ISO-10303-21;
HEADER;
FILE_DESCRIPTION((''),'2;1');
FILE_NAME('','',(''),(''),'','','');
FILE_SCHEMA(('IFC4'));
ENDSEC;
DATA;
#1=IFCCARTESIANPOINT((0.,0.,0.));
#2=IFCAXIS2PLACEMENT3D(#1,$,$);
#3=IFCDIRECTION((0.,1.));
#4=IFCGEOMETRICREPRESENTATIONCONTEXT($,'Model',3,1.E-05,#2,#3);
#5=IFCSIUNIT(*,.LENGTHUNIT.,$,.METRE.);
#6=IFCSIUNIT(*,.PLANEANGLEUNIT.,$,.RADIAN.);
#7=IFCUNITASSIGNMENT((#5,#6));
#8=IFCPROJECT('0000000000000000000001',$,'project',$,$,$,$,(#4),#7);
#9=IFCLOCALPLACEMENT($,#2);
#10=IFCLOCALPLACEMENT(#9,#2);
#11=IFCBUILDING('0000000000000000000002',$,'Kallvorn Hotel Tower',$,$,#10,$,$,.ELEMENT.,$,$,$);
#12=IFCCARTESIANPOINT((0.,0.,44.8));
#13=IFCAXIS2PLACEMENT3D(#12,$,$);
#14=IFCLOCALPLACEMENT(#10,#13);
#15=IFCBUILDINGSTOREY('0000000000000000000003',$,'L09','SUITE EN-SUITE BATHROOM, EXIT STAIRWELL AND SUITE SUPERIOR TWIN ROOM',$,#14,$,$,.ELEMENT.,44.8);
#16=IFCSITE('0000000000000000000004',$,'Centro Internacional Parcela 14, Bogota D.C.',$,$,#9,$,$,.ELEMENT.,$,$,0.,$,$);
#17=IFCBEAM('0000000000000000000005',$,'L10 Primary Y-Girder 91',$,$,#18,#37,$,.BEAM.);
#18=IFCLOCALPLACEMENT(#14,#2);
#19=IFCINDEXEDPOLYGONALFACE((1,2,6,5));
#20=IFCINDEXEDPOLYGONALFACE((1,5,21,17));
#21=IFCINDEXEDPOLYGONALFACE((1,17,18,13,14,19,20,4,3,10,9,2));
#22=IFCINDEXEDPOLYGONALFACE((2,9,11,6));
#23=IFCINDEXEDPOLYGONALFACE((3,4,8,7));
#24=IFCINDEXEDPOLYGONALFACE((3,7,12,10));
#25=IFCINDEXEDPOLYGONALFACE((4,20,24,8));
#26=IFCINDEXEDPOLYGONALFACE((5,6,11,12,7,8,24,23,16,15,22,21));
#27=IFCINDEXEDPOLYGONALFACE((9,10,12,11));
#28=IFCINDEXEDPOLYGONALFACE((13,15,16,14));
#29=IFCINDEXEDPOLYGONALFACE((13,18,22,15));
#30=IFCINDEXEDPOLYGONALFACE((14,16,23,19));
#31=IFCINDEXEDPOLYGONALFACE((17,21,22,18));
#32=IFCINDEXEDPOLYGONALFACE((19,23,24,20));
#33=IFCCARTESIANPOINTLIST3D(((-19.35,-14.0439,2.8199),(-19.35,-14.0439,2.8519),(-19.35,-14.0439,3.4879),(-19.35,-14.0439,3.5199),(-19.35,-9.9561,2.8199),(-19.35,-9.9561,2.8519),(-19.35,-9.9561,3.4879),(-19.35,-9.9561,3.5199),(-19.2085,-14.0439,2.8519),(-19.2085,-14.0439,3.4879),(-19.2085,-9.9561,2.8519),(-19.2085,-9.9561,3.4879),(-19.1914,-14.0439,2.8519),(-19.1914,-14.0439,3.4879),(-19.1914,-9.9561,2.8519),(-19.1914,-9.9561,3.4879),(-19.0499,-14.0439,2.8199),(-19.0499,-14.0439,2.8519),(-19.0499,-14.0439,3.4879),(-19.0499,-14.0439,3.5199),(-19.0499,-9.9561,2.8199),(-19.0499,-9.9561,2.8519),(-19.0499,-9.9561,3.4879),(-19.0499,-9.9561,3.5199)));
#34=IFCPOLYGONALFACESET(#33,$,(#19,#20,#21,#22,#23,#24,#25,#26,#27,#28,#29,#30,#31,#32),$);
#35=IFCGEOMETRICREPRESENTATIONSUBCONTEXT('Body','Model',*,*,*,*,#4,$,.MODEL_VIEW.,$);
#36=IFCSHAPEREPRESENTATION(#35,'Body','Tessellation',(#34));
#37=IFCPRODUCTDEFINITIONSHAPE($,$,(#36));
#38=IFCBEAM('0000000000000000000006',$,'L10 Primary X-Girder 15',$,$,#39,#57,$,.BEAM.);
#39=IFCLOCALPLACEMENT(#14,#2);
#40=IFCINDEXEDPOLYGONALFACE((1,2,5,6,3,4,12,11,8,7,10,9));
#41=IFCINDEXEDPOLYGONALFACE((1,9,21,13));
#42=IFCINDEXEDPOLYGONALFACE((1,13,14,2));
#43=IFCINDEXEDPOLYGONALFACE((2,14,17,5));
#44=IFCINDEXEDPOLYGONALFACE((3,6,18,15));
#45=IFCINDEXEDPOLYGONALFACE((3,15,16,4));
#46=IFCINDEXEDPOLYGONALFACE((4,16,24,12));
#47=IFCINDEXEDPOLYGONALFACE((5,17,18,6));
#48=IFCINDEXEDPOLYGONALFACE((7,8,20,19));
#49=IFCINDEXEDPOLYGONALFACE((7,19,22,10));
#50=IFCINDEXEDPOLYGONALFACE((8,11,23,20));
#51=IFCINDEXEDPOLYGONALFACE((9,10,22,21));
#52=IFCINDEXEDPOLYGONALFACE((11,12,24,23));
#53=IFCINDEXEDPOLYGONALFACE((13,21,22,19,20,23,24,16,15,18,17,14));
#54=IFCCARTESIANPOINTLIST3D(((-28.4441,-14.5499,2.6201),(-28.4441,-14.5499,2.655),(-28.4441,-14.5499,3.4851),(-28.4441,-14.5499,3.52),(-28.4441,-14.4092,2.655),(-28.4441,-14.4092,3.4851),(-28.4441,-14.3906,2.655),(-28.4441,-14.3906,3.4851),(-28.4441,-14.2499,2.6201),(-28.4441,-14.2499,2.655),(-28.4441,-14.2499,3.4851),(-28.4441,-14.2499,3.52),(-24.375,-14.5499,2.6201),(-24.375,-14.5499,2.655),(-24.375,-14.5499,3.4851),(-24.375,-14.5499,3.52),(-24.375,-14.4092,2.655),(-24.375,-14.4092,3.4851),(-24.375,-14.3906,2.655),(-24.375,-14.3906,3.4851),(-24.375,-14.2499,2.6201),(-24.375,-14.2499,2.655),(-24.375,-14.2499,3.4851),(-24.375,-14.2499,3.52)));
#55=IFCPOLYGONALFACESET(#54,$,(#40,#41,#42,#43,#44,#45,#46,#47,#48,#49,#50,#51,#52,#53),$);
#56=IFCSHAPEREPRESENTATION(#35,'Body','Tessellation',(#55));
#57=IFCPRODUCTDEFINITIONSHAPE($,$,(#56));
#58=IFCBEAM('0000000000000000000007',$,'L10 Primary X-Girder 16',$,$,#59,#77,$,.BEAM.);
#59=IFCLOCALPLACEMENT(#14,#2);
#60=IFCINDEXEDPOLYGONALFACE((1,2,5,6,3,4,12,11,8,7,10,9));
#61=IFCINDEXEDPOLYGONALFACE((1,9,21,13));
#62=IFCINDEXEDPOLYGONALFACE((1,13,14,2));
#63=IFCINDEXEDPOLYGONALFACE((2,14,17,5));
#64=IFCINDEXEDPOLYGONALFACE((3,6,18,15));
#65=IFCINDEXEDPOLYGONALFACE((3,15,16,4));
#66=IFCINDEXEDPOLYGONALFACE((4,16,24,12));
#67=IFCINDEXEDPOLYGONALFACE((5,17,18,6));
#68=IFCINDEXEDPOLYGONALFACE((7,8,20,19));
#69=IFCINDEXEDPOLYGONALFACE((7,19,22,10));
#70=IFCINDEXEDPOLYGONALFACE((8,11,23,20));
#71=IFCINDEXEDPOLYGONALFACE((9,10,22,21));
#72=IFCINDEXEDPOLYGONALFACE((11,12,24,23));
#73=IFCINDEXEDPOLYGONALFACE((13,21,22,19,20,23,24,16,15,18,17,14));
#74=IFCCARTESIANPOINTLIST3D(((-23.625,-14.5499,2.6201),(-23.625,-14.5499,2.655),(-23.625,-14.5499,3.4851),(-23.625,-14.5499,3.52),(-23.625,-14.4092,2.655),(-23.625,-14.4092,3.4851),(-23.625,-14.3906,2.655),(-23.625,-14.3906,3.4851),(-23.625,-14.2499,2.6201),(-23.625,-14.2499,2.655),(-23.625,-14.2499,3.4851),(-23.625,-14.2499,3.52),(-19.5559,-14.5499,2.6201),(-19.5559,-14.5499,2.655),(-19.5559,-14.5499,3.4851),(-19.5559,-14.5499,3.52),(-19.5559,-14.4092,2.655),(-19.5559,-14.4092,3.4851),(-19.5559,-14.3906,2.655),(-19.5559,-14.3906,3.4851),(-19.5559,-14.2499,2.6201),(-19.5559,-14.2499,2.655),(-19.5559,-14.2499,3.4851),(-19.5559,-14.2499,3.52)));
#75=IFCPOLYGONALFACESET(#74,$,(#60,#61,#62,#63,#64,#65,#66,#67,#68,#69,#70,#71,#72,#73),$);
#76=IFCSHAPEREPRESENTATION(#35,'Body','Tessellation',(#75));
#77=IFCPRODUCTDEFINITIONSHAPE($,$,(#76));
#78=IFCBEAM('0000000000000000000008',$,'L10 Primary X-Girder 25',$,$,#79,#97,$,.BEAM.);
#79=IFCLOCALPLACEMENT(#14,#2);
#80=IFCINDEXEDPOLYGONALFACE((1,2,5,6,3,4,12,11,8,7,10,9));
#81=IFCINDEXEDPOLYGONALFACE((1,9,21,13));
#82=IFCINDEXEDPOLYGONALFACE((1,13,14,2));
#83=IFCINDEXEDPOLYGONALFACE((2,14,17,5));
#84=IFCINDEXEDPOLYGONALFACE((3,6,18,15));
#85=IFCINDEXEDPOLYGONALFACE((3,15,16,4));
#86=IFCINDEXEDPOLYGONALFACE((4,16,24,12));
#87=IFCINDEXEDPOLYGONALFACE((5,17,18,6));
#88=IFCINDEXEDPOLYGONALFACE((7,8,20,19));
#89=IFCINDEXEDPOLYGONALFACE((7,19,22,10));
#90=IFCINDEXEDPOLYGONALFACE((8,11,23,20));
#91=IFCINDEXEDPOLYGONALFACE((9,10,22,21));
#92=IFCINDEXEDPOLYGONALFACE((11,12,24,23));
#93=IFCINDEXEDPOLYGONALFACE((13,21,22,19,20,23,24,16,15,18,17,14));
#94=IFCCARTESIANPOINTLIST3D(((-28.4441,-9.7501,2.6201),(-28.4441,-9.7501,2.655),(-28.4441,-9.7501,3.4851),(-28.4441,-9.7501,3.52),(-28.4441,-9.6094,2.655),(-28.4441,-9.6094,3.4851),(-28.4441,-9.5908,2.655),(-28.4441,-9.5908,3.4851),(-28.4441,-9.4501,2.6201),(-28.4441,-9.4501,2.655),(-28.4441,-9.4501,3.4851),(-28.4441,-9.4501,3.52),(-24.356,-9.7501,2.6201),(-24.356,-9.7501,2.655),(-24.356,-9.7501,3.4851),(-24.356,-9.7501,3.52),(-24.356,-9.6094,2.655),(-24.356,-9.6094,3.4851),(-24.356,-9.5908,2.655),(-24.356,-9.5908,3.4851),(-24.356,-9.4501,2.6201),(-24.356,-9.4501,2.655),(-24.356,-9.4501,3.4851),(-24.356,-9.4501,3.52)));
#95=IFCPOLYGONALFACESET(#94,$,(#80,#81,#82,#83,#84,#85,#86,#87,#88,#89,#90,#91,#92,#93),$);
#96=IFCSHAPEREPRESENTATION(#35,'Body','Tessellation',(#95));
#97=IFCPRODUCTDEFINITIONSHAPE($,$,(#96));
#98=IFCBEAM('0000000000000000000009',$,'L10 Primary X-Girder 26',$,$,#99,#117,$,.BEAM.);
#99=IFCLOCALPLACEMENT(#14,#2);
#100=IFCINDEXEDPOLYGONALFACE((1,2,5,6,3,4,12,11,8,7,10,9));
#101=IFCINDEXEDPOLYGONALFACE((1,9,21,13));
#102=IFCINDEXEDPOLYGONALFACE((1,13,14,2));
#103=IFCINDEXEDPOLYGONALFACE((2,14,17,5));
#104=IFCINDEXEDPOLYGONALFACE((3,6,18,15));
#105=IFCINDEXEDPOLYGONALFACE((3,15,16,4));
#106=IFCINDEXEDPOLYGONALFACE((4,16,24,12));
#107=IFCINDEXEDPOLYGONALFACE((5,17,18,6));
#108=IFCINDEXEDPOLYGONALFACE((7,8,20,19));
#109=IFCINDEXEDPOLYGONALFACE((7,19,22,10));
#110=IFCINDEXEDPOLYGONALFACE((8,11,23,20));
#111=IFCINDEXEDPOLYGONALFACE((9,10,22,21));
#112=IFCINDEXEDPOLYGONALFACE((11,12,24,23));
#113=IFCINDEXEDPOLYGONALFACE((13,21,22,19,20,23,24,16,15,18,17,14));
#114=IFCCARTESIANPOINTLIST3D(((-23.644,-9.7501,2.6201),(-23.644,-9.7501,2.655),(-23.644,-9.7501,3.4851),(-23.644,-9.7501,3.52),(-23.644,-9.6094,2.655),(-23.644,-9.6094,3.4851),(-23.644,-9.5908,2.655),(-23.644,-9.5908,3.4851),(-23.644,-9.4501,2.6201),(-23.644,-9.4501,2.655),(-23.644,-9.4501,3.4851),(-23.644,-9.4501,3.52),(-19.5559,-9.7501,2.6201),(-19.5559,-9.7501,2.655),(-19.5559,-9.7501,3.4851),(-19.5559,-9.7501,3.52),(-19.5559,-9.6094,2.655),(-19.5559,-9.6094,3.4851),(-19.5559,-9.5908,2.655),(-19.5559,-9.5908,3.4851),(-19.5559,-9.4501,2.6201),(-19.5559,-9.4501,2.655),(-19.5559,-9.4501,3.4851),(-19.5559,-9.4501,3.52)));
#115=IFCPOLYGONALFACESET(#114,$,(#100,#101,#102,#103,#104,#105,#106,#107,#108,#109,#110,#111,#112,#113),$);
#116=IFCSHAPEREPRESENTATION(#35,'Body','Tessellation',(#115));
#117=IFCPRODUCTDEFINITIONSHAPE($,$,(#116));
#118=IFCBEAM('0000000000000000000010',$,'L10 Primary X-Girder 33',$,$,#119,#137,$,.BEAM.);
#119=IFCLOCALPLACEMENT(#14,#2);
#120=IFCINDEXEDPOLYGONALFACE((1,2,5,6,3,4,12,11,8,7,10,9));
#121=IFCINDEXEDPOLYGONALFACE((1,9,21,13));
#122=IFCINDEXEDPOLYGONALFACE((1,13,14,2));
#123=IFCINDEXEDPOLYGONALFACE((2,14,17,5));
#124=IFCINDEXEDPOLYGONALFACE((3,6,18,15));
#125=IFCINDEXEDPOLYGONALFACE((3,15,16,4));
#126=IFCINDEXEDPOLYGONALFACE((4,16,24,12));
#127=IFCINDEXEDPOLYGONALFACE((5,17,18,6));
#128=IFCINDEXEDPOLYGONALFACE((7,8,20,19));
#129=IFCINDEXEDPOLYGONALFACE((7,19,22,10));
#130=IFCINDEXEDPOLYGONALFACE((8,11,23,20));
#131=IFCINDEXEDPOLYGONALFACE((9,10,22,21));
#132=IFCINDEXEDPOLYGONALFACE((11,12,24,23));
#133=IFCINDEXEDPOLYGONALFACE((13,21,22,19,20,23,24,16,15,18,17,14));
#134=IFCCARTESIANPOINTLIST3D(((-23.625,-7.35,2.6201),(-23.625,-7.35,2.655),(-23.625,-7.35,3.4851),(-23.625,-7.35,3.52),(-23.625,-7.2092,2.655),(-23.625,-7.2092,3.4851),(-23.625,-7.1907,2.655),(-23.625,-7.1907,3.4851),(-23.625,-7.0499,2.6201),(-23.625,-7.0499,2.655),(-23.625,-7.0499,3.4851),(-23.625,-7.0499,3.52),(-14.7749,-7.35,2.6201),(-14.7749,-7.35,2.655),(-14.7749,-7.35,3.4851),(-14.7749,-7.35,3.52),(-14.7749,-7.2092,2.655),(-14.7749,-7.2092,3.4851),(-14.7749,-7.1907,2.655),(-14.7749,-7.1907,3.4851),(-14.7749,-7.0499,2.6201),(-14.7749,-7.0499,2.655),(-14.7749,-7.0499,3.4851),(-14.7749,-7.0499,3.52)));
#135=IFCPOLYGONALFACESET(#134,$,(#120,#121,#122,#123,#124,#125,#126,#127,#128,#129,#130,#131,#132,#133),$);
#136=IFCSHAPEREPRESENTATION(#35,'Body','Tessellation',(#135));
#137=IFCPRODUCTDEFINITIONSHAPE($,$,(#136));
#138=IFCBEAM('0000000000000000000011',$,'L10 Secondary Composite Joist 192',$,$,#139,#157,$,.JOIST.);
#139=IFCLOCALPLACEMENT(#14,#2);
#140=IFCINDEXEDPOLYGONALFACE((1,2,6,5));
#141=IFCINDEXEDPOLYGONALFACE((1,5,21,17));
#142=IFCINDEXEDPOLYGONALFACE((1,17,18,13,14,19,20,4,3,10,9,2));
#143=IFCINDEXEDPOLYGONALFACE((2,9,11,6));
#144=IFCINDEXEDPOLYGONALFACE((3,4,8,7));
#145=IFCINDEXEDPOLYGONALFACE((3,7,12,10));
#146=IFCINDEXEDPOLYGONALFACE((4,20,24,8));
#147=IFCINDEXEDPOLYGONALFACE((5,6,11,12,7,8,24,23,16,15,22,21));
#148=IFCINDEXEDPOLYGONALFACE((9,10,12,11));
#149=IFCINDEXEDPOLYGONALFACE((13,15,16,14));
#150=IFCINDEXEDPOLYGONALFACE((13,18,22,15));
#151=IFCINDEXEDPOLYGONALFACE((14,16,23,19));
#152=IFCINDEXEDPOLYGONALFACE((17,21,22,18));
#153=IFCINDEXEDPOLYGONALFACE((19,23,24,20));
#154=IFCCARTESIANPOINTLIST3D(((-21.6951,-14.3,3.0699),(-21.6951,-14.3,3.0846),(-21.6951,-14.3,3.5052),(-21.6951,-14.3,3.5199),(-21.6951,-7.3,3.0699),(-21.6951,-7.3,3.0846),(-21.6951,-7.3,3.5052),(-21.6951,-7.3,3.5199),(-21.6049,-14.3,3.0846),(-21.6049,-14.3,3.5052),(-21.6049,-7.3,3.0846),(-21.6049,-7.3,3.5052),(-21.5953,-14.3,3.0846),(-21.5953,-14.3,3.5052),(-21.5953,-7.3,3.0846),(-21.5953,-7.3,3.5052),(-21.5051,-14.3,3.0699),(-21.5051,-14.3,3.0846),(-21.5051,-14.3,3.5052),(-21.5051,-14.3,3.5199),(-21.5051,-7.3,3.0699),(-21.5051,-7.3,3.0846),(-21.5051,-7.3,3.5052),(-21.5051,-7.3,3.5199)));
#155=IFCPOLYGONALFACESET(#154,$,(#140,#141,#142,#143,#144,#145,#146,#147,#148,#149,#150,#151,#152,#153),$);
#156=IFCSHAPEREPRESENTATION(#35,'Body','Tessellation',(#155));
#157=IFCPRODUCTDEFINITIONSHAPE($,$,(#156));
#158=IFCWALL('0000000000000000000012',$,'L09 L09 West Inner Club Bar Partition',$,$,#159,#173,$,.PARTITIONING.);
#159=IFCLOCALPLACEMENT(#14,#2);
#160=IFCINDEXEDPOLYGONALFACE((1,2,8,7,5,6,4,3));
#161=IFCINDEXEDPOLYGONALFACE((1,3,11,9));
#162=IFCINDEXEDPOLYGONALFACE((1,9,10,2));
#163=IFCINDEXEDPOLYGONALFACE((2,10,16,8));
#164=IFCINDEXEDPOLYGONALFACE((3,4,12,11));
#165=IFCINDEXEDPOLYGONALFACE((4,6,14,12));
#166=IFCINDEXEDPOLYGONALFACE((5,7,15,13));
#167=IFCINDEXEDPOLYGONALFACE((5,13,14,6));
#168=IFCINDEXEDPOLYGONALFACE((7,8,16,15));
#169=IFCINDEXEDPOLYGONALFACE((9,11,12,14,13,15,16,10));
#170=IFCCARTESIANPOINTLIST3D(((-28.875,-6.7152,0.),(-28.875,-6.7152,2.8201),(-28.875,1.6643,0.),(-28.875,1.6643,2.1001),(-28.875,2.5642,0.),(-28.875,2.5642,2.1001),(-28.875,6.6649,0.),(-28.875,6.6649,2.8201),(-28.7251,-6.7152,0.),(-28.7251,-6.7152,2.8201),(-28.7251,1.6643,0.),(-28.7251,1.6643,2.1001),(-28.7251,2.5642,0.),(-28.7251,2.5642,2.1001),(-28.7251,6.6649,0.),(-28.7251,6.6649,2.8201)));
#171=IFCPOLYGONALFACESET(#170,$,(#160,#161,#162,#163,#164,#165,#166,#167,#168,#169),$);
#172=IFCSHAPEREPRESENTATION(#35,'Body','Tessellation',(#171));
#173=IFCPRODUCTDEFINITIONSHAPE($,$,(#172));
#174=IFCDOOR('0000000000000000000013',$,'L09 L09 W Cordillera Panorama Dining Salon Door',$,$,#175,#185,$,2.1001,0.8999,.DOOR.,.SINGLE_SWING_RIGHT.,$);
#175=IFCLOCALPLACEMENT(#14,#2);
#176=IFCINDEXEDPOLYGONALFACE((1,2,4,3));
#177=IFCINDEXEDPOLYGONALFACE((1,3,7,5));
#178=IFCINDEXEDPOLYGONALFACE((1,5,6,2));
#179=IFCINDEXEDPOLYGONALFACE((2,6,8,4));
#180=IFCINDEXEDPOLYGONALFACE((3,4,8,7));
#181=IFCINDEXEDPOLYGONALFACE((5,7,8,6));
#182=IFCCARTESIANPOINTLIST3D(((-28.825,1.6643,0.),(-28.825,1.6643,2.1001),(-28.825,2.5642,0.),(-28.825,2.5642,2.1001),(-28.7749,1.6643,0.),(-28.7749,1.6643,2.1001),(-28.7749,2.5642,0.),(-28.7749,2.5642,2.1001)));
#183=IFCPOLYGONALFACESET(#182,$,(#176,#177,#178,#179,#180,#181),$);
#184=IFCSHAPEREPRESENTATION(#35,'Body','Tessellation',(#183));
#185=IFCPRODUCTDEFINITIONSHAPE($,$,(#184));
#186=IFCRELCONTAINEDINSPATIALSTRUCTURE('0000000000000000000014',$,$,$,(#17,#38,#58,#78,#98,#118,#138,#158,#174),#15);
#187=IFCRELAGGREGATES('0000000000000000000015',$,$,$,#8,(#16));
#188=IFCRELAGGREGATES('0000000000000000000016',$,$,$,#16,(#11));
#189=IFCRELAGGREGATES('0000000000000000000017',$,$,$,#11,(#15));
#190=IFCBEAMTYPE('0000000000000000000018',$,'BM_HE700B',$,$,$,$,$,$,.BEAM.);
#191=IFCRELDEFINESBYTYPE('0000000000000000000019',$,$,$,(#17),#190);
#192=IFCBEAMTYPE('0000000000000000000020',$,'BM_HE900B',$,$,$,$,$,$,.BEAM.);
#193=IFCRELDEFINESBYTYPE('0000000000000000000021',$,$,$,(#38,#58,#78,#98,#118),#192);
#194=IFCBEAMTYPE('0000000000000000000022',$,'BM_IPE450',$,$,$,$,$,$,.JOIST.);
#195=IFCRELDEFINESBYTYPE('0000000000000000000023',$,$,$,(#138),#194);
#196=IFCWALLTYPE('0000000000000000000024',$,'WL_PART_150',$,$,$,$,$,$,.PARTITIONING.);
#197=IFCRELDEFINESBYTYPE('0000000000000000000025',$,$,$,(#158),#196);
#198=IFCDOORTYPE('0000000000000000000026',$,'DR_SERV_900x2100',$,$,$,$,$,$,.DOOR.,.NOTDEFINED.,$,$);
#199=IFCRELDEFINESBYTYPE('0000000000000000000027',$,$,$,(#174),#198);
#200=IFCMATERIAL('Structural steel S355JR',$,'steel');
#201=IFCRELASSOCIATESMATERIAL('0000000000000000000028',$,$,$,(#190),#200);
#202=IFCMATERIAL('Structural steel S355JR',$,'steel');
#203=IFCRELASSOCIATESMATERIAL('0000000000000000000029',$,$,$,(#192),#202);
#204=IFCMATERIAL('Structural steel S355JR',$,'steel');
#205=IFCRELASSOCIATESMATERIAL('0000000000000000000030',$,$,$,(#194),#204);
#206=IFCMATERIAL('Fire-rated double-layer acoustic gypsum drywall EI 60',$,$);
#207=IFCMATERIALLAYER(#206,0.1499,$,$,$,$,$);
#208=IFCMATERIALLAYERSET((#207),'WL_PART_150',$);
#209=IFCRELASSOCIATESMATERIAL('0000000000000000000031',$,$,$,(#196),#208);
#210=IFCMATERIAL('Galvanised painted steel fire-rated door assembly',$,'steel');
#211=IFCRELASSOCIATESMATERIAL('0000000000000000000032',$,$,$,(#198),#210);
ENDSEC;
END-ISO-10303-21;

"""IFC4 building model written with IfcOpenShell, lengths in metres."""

from ifc_helpers import new_model, si_unit, direction, frame, frame_2d, origin, origin_2d, place, context, subcontext, project, spatial, rectangle, i_section, extrude, material, layer, layer_set, material_profile, profile_set, type_object, element, fill, save


model = new_model("IFC4")

# Units and contexts
model_context = context("Model", 3, precision=1e-05, world=origin(), true_north=direction((0.0, 1.0)))
body_context = subcontext(model_context, "Body", "Model", "MODEL_VIEW")
ifc_project = project(units=[si_unit("LENGTHUNIT", "METRE"), si_unit("PLANEANGLEUNIT", "RADIAN")], contexts=[model_context])

# Site, building, storey
site_placement = place(None, origin())
site = spatial("IfcSite", under=ifc_project, at=site_placement, Name="Centro Internacional Parcela 14, Bogota D.C.", CompositionType="ELEMENT", RefElevation=0.0)
building_placement = place(site_placement, origin())
building = spatial("IfcBuilding", under=site, at=building_placement, Name="Kallvorn Hotel Tower", CompositionType="ELEMENT")
storey_placement = place(building_placement, frame((0.0, 0.0, 44.8)))
storey = spatial("IfcBuildingStorey", under=building, at=storey_placement, Name="L09", Description="SUITE EN-SUITE BATHROOM, EXIT STAIRWELL AND SUITE SUPERIOR TWIN ROOM", CompositionType="ELEMENT", Elevation=44.8)

# Beams
ifc_material_1 = material(Name="Structural steel S355JR", Category="steel")
ifc_material_profile_1 = material_profile(ifc_material_1, i_section(OverallWidth=0.3, OverallDepth=0.7, WebThickness=0.0171, FlangeThickness=0.032, at=origin_2d()), Name="HE 700 B")
ifc_profile_set_1 = profile_set([ifc_material_profile_1], Name="Structural steel S355JR")
beam_type_1 = type_object("IfcBeamType", Name="BM_HE700B", PredefinedType="BEAM", material=ifc_profile_set_1)
beam_1_placement = place(storey_placement, frame((-19.2, -14.0439, 3.1699), z_axis=(0.0, 1.0, 0.0), x_axis=(-1.0, 0.0, 0.0)))
element("IfcBeam", 1, at=beam_1_placement, inside=storey, type_object=beam_type_1, Name="L10 Primary Y-Girder 91", PredefinedType="BEAM", context=body_context, shape_type="SweptSolid", body=[
    extrude(i_section(OverallWidth=0.3, OverallDepth=0.7, WebThickness=0.0171, FlangeThickness=0.032, at=origin_2d()), origin(), (0.0, 0.0, 1.0), 4.0879),
])
ifc_material_2 = material(Name="Structural steel S355JR", Category="steel")
ifc_material_profile_2 = material_profile(ifc_material_2, i_section(OverallWidth=0.3, OverallDepth=0.8999, WebThickness=0.0186, FlangeThickness=0.0349, at=origin_2d()), Name="HE 900 B")
ifc_profile_set_2 = profile_set([ifc_material_profile_2], Name="Structural steel S355JR")
beam_type_2 = type_object("IfcBeamType", Name="BM_HE900B", PredefinedType="BEAM", material=ifc_profile_set_2)
for number, where, z_axis, x_axis, name in (
    (2, (-28.4441, -14.3999, 3.0701), (1.0, 0.0, 0.0), (0.0, 1.0, 0.0), "L10 Primary X-Girder 15"),
    (3, (-23.625, -14.3999, 3.0701), (1.0, 0.0, 0.0), (0.0, 1.0, 0.0), "L10 Primary X-Girder 16"),
):
    element("IfcBeam", number, at=place(storey_placement, frame(where, z_axis=z_axis, x_axis=x_axis)), inside=storey, type_object=beam_type_2, Name=name, PredefinedType="BEAM", context=body_context, shape_type="SweptSolid", body=[
        extrude(i_section(OverallWidth=0.3, OverallDepth=0.8999, WebThickness=0.0186, FlangeThickness=0.0349, at=origin_2d()), origin(), (0.0, 0.0, 1.0), 4.0691),
    ])
for number, where, z_axis, x_axis, name in (
    (4, (-28.4441, -9.6001, 3.0701), (1.0, 0.0, 0.0), (0.0, 1.0, 0.0), "L10 Primary X-Girder 25"),
    (5, (-23.644, -9.6001, 3.0701), (1.0, 0.0, 0.0), (0.0, 1.0, 0.0), "L10 Primary X-Girder 26"),
):
    element("IfcBeam", number, at=place(storey_placement, frame(where, z_axis=z_axis, x_axis=x_axis)), inside=storey, type_object=beam_type_2, Name=name, PredefinedType="BEAM", context=body_context, shape_type="SweptSolid", body=[
        extrude(i_section(OverallWidth=0.3, OverallDepth=0.8999, WebThickness=0.0186, FlangeThickness=0.0349, at=origin_2d()), origin(), (0.0, 0.0, 1.0), 4.0881),
    ])
beam_2_placement = place(storey_placement, frame((-23.625, -7.2, 3.0701), z_axis=(1.0, 0.0, 0.0), x_axis=(0.0, 1.0, 0.0)))
element("IfcBeam", 6, at=beam_2_placement, inside=storey, type_object=beam_type_2, Name="L10 Primary X-Girder 33", PredefinedType="BEAM", context=body_context, shape_type="SweptSolid", body=[
    extrude(i_section(OverallWidth=0.3, OverallDepth=0.8999, WebThickness=0.0186, FlangeThickness=0.0349, at=origin_2d()), origin(), (0.0, 0.0, 1.0), 8.8501),
])
ifc_material_3 = material(Name="Structural steel S355JR", Category="steel")
ifc_material_profile_3 = material_profile(ifc_material_3, i_section(OverallWidth=0.1899, OverallDepth=0.45, WebThickness=0.0095, FlangeThickness=0.0146, at=origin_2d()), Name="IPE 450")
ifc_profile_set_3 = profile_set([ifc_material_profile_3], Name="Structural steel S355JR")
beam_type_3 = type_object("IfcBeamType", Name="BM_IPE450", PredefinedType="JOIST", material=ifc_profile_set_3)
beam_3_placement = place(storey_placement, frame((-21.6001, -14.3, 3.2949), z_axis=(0.0, 1.0, 0.0), x_axis=(-1.0, 0.0, 0.0)))
element("IfcBeam", 7, at=beam_3_placement, inside=storey, type_object=beam_type_3, Name="L10 Secondary Composite Joist 192", PredefinedType="JOIST", context=body_context, shape_type="SweptSolid", body=[
    extrude(i_section(OverallWidth=0.1899, OverallDepth=0.45, WebThickness=0.0095, FlangeThickness=0.0146, at=origin_2d()), origin(), (0.0, 0.0, 1.0), 7.0),
])

# Wall, opening, door
ifc_material_4 = material(Name="Fire-rated double-layer acoustic gypsum drywall EI 60")
ifc_layer = layer(ifc_material_4, 0.1499)
ifc_layer_set = layer_set([ifc_layer], Name="WL_PART_150")
wall_type = type_object("IfcWallType", Name="WL_PART_150", PredefinedType="PARTITIONING", material=ifc_layer_set)
wall_placement = place(storey_placement, frame((-28.8, -6.7151, 0.0), z_axis=(0.0, 0.0, 1.0), x_axis=(0.0, 1.0, 0.0)))
wall = element("IfcWall", 8, at=wall_placement, inside=storey, type_object=wall_type, Name="L09 L09 West Inner Club Bar Partition", PredefinedType="PARTITIONING", context=body_context, shape_type="SweptSolid", body=[
    extrude(rectangle(XDim=13.3801, YDim=0.1499, at=frame_2d((6.6899, 0.0))), origin(), (0.0, 0.0, 1.0), 2.8201),
])
opening_placement = place(wall_placement, frame((8.3794, 0.0, 0.0)))
opening = element("IfcOpeningElement", 9, at=opening_placement, cuts=wall, PredefinedType="OPENING", context=body_context, shape_type="SweptSolid", body=[
    extrude(rectangle(XDim=0.8999, YDim=2.1001, at=frame_2d((0.45, 1.05))), frame((0.0, 0.0898, 0.0), z_axis=(0.0, -1.0, 0.0), x_axis=(1.0, 0.0, 0.0)), (0.0, 0.0, 1.0), 0.1799),
])
ifc_material_5 = material(Name="Galvanised painted steel fire-rated door assembly", Category="steel")
door_type = type_object("IfcDoorType", Name="DR_SERV_900x2100", OperationType="NOTDEFINED", PredefinedType="DOOR", material=ifc_material_5)
door_placement = place(opening_placement, origin())
door = element("IfcDoor", 10, at=door_placement, inside=storey, type_object=door_type, Name="L09 L09 W Cordillera Panorama Dining Salon Door", OperationType="SINGLE_SWING_RIGHT", OverallHeight=2.1001, OverallWidth=0.8999, PredefinedType="DOOR", context=body_context, shape_type="SweptSolid", body=[
    extrude(rectangle(XDim=0.8999, YDim=2.1001, at=frame_2d((0.45, 1.05))), frame((0.0, 0.0249, 0.0), z_axis=(0.0, -1.0, 0.0), x_axis=(1.0, 0.0, 0.0)), (0.0, 0.0, 1.0), 0.05),
])
fill(opening, door)

save(model, "model.ifc")
